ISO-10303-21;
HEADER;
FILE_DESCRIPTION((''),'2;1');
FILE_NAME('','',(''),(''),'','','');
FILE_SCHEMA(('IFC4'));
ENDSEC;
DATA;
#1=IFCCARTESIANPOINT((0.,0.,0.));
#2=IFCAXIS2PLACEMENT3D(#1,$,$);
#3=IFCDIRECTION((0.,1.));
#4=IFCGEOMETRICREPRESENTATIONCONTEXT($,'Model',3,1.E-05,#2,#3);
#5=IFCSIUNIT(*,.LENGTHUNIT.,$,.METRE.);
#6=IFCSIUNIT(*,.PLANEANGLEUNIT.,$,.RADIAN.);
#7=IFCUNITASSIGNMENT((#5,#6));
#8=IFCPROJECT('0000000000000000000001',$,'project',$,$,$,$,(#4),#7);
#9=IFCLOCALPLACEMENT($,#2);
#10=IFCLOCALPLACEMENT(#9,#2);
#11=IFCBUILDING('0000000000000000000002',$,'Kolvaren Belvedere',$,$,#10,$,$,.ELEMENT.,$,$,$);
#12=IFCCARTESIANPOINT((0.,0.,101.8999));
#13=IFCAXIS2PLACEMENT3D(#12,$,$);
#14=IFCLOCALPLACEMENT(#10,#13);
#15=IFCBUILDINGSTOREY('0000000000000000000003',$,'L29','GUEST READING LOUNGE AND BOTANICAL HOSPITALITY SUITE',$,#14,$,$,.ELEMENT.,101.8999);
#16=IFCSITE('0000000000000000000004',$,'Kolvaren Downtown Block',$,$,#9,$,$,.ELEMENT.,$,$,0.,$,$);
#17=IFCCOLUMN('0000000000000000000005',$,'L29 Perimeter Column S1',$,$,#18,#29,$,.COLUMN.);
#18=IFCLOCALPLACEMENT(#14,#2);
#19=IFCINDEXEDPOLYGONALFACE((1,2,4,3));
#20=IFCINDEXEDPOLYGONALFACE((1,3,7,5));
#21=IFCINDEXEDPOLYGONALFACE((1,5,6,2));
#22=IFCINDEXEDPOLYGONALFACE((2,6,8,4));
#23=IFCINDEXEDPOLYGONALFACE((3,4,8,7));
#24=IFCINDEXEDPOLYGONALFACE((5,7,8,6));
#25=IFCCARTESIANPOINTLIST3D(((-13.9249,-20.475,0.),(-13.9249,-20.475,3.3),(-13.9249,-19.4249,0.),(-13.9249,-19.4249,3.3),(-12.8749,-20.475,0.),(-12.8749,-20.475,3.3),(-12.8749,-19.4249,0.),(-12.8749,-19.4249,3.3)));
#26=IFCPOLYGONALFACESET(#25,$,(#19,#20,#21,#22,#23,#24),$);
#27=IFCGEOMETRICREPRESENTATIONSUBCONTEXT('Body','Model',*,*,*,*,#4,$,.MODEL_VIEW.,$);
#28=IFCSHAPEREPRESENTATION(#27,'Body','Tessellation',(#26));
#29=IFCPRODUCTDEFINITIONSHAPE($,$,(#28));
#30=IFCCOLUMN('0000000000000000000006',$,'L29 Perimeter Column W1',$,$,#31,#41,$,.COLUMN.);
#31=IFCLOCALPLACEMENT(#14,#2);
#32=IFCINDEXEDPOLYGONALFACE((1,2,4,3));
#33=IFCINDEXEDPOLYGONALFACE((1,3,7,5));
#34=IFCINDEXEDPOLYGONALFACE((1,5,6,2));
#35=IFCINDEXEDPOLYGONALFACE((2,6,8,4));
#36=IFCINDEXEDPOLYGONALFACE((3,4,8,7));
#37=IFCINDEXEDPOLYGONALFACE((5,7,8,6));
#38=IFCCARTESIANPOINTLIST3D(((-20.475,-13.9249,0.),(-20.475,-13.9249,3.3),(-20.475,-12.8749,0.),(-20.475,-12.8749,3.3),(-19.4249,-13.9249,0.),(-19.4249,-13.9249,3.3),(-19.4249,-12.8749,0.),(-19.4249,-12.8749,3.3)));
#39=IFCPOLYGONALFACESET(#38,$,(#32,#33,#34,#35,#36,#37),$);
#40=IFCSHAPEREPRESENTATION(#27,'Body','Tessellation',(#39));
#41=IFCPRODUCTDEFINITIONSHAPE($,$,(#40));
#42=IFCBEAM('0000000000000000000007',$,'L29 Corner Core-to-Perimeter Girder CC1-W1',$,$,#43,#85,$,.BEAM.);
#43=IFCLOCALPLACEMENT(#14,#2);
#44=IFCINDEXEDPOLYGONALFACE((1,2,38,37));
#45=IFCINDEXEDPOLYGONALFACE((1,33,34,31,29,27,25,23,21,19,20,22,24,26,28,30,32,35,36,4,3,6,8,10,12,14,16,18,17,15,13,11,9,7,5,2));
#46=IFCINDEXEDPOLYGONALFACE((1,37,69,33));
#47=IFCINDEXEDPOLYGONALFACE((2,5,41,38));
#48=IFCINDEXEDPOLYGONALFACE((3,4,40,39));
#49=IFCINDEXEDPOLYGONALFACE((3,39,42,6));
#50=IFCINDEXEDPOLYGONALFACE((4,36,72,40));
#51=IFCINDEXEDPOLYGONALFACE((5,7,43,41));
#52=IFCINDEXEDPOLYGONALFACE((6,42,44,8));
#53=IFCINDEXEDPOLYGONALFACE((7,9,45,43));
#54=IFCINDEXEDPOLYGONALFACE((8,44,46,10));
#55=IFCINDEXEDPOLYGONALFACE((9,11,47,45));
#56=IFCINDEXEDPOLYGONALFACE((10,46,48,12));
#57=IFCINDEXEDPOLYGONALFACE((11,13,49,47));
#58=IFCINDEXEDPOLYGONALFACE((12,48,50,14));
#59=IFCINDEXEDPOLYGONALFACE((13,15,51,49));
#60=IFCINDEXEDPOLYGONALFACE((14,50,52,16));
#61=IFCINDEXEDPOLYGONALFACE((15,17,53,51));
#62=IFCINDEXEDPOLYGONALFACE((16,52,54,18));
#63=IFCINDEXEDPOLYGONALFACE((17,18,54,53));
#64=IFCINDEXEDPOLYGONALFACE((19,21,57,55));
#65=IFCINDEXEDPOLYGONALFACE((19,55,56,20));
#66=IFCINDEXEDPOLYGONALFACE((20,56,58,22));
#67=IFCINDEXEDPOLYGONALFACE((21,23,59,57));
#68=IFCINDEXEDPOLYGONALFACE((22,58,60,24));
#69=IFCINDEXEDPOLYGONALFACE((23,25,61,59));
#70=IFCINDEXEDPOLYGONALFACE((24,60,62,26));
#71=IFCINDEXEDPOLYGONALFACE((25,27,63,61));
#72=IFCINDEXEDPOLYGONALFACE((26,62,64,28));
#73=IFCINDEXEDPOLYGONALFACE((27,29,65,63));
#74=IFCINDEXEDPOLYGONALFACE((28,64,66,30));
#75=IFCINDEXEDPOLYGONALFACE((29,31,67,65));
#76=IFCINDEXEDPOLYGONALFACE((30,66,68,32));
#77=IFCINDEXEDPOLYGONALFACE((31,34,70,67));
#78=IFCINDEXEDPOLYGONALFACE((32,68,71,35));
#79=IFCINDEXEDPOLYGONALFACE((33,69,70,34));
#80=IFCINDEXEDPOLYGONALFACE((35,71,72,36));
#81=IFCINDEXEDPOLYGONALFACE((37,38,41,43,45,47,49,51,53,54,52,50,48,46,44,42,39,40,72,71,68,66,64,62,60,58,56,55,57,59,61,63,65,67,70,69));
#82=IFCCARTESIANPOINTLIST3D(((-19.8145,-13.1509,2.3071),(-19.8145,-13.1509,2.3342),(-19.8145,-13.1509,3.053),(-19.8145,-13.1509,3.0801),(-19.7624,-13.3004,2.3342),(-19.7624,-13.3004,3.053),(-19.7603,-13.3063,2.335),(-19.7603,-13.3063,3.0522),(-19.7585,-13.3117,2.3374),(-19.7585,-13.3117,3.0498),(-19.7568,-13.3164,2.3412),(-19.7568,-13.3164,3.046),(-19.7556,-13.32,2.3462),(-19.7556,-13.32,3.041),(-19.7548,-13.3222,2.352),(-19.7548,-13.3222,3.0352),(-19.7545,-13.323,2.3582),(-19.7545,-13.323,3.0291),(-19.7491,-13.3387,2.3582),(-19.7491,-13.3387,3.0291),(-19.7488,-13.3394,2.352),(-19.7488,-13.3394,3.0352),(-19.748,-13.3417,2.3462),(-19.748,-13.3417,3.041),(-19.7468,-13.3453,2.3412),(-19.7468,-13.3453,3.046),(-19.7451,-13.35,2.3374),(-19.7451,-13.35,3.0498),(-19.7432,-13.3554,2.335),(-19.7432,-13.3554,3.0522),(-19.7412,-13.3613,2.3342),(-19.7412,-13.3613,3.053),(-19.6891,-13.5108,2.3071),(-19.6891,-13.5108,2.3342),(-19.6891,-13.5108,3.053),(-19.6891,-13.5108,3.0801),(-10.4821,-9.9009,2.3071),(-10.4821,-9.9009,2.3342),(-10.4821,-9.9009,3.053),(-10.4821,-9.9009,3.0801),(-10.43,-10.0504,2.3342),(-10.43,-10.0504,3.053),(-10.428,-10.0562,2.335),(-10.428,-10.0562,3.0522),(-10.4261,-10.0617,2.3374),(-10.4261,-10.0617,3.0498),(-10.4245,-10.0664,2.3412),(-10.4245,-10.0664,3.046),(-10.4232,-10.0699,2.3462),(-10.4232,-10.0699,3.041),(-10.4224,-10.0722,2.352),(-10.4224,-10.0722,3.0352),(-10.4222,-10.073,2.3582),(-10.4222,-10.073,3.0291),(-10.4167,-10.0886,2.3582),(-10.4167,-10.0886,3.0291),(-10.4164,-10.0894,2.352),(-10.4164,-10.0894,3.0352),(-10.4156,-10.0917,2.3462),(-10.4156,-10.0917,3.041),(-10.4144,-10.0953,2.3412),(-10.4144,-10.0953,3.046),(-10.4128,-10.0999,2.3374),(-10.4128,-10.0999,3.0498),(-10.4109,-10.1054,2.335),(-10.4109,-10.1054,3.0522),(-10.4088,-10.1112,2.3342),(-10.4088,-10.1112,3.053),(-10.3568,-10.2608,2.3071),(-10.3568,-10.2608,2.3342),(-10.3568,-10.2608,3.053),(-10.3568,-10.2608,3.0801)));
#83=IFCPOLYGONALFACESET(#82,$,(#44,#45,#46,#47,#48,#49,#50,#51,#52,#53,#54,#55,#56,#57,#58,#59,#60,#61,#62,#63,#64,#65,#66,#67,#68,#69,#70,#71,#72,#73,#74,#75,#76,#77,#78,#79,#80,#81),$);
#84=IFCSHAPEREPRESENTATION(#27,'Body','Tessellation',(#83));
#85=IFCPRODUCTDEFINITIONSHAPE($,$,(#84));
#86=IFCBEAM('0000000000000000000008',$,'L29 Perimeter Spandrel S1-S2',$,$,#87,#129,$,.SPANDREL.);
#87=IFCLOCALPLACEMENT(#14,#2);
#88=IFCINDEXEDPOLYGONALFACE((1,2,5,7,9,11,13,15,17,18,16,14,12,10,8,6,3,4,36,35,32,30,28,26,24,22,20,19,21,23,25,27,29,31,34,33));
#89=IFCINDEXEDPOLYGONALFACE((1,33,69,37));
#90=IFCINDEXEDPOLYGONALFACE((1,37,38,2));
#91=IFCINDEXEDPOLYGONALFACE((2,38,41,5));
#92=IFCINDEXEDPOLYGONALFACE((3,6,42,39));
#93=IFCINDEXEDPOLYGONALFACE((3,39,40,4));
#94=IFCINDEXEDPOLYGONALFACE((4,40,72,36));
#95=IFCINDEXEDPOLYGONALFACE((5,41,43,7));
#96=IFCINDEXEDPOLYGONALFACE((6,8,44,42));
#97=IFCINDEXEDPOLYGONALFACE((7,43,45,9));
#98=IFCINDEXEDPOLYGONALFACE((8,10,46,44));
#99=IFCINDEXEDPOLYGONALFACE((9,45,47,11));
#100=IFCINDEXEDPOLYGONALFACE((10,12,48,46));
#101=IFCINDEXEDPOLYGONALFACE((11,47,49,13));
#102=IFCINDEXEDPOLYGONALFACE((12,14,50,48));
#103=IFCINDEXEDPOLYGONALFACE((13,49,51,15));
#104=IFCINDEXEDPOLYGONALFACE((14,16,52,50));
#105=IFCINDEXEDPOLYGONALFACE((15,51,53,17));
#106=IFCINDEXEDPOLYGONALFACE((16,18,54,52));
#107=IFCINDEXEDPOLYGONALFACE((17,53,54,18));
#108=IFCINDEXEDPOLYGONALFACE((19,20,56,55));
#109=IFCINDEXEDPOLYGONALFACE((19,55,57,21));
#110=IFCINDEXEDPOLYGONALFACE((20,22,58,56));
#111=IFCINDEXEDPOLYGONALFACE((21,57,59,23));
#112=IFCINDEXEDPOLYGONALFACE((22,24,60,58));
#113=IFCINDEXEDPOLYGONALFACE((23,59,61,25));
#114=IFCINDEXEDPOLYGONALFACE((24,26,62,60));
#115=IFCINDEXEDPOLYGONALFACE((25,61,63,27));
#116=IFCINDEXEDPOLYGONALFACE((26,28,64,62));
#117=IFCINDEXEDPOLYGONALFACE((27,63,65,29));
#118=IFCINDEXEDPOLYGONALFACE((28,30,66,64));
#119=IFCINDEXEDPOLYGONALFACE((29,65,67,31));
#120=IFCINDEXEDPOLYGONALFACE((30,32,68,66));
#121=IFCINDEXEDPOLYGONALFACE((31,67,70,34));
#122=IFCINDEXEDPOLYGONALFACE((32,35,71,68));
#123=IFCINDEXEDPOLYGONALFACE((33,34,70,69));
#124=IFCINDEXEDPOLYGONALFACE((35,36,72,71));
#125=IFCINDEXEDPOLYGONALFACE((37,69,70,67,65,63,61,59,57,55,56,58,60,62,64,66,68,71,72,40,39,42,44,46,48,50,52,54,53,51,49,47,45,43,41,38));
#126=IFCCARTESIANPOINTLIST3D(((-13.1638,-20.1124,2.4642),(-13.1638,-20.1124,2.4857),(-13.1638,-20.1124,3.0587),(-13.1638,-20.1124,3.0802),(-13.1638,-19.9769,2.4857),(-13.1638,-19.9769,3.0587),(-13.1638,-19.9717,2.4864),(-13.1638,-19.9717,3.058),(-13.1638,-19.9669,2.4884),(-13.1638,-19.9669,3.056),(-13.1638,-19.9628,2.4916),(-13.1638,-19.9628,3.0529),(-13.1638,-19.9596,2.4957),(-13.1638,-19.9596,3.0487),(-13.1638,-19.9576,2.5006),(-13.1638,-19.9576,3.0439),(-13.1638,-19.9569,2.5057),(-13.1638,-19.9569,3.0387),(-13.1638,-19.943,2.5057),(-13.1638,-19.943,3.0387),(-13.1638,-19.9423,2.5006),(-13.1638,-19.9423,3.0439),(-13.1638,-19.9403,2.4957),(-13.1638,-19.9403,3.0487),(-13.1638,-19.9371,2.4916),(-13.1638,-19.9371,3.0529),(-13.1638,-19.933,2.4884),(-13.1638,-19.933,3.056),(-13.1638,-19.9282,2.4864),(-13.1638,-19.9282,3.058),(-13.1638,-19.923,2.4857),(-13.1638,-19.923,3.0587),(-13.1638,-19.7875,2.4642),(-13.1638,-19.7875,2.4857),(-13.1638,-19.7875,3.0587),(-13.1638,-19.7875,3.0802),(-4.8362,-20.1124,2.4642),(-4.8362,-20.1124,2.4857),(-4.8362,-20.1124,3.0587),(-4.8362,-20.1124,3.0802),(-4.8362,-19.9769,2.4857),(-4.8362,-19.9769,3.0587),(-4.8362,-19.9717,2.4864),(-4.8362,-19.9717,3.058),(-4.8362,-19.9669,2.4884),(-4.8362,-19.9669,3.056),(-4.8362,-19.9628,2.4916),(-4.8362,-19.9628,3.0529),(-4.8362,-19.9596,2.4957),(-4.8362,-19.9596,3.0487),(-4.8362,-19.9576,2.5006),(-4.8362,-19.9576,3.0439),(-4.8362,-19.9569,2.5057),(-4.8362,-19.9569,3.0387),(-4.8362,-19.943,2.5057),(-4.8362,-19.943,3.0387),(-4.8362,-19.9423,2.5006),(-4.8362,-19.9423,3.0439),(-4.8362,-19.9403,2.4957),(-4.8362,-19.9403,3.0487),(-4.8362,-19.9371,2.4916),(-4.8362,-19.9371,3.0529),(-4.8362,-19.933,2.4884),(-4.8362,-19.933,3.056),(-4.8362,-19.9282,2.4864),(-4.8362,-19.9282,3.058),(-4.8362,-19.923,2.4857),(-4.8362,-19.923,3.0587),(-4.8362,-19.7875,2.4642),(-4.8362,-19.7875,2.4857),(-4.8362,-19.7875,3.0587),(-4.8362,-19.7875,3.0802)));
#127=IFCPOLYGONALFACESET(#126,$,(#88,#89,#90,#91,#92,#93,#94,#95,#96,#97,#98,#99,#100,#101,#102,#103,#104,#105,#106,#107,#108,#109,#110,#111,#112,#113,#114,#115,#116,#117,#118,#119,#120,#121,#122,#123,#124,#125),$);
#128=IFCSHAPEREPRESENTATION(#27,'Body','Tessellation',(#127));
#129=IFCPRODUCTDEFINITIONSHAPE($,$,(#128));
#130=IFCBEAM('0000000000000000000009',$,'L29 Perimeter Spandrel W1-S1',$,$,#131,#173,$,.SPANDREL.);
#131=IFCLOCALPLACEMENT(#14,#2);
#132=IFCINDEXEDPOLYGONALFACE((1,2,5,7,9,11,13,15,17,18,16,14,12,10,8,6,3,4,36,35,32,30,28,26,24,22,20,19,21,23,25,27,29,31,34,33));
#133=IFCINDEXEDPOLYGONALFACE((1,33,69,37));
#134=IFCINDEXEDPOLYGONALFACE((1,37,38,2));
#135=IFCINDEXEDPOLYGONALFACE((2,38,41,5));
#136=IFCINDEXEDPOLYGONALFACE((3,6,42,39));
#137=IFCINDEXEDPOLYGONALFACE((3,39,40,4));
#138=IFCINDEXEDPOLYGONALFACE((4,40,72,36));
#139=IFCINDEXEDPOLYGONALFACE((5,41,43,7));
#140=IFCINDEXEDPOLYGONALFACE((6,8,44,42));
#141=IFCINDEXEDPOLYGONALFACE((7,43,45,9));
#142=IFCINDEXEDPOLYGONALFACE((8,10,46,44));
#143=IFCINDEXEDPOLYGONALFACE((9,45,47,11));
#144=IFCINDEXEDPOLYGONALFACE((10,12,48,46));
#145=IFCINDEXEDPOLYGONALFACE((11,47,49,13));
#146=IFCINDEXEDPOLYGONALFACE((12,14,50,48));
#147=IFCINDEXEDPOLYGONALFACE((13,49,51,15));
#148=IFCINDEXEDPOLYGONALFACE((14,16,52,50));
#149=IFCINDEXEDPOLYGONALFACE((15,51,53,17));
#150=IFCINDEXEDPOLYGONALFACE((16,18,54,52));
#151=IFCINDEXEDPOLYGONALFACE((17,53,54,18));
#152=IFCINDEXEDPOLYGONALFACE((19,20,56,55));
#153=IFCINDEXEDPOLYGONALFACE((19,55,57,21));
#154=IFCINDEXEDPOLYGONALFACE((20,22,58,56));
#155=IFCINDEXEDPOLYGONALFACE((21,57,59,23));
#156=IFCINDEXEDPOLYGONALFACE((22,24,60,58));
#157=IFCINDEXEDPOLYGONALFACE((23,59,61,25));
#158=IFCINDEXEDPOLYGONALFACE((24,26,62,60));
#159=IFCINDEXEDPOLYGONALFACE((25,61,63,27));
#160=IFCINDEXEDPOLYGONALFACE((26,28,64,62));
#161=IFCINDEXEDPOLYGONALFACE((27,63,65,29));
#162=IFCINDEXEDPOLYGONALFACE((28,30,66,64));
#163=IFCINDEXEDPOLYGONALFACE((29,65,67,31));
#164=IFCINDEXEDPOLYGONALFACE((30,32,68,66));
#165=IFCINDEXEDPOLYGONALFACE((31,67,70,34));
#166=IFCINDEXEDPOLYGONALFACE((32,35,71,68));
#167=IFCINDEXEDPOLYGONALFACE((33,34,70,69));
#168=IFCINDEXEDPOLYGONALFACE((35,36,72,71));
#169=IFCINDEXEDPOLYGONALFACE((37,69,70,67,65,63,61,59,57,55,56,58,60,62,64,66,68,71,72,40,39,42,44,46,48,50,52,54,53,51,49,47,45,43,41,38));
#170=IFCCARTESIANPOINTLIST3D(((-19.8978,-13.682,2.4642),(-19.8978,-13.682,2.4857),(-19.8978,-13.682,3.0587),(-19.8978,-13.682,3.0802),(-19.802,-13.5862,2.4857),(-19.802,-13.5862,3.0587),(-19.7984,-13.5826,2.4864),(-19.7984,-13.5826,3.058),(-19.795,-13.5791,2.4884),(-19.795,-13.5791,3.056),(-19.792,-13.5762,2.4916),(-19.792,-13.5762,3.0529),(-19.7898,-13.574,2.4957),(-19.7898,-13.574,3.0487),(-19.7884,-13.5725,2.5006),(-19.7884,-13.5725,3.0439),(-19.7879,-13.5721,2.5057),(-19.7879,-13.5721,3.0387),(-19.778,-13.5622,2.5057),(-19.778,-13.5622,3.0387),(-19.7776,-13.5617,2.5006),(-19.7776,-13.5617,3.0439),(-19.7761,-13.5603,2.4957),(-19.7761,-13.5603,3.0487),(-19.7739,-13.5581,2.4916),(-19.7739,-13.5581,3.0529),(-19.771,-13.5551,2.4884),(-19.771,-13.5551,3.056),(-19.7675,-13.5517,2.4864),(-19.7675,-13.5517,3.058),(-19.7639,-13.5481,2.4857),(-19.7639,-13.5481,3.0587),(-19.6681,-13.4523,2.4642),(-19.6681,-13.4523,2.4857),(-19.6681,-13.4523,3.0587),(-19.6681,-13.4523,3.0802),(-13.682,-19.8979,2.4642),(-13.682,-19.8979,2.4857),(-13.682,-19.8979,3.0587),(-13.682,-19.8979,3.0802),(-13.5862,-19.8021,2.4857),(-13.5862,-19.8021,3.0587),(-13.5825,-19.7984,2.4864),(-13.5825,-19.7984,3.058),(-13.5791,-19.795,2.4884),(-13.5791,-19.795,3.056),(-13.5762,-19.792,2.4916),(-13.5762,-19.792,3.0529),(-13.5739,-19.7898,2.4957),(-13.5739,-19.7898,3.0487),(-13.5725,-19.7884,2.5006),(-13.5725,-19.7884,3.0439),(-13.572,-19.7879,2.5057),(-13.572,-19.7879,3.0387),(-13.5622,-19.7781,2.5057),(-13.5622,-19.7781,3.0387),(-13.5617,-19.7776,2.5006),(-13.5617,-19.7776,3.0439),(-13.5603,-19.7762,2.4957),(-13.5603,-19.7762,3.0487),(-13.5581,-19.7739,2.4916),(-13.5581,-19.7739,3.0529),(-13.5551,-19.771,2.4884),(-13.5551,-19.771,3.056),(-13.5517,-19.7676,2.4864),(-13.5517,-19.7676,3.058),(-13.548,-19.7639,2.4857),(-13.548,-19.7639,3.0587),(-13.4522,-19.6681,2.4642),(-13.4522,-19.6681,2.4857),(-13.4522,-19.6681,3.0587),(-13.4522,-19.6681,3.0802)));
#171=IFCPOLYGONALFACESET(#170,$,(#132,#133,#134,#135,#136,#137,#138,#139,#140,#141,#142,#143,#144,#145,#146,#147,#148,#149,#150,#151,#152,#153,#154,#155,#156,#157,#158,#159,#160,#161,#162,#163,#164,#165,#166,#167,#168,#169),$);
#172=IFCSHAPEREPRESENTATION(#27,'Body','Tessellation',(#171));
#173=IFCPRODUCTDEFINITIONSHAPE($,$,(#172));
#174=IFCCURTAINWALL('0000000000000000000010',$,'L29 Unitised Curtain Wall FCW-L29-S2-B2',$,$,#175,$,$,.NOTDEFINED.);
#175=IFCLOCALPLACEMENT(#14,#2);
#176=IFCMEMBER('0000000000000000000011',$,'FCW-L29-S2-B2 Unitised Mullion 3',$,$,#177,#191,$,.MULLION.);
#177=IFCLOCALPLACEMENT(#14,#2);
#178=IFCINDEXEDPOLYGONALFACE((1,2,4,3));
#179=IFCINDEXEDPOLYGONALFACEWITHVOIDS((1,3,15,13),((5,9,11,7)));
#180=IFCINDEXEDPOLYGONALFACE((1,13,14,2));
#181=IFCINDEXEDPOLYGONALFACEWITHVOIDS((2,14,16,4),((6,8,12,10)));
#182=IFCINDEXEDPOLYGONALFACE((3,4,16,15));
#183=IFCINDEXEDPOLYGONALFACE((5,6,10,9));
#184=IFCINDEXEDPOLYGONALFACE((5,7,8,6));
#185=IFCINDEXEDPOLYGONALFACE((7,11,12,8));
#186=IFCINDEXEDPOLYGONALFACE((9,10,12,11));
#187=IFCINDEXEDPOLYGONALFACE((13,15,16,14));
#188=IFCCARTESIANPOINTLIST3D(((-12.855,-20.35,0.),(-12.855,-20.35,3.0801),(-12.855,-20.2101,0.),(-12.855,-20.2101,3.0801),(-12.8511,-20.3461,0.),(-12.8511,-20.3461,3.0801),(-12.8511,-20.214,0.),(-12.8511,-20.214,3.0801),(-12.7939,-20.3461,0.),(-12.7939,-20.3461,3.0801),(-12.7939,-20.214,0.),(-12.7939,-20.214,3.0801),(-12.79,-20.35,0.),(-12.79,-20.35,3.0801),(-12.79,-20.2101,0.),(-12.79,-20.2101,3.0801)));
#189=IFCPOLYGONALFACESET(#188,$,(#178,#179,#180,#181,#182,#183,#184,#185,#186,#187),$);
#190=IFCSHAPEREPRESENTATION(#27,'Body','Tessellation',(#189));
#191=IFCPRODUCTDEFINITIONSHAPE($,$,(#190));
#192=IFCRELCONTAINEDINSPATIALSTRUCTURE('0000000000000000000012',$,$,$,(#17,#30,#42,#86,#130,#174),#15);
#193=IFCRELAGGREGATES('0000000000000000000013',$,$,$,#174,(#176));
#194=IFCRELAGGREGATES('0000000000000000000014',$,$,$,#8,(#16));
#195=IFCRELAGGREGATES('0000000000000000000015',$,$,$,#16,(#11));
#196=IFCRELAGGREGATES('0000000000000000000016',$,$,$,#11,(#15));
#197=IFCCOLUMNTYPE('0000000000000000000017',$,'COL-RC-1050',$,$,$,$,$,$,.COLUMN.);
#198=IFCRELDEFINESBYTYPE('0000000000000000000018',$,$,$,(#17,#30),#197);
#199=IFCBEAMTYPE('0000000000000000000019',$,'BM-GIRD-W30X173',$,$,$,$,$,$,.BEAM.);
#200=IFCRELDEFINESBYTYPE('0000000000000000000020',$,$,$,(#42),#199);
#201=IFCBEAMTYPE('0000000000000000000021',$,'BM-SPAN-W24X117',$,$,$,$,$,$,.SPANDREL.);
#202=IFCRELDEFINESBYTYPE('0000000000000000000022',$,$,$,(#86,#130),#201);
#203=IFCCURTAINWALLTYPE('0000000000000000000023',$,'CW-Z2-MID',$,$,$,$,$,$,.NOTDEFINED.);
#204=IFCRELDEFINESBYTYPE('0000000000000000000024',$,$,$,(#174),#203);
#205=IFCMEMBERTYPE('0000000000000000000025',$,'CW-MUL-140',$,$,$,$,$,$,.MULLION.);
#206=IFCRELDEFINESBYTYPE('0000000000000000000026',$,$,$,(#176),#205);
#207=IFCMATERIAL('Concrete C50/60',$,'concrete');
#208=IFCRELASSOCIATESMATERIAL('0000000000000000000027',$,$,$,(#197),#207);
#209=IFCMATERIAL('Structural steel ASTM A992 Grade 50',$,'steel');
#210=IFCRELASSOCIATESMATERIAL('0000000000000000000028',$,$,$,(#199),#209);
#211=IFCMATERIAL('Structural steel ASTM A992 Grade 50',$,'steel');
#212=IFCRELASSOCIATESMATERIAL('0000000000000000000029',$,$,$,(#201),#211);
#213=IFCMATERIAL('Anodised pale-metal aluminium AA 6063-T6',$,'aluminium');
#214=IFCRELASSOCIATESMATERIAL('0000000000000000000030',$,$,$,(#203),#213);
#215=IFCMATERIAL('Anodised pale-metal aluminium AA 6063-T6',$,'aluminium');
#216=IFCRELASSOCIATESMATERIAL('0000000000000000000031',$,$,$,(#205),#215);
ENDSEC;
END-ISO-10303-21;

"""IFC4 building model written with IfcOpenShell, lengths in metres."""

from ifc_helpers import new_model, si_unit, direction, frame, origin, origin_2d, place, context, subcontext, project, spatial, rectangle, hollow_rectangle, i_section, extrude, material, material_profile, profile_set, type_object, element, aggregate, save


model = new_model("IFC4")

# Units and contexts
model_context = context("Model", 3, precision=1e-05, world=origin(), true_north=direction((0.0, 1.0)))
body_context = subcontext(model_context, "Body", "Model", "MODEL_VIEW")
ifc_project = project(units=[si_unit("LENGTHUNIT", "METRE"), si_unit("PLANEANGLEUNIT", "RADIAN")], contexts=[model_context])

# Site, building, storey
site_placement = place(None, origin())
site = spatial("IfcSite", under=ifc_project, at=site_placement, Name="Kolvaren Downtown Block", CompositionType="ELEMENT", RefElevation=0.0)
building_placement = place(site_placement, origin())
building = spatial("IfcBuilding", under=site, at=building_placement, Name="Kolvaren Belvedere", CompositionType="ELEMENT")
storey_placement = place(building_placement, frame((0.0, 0.0, 101.8999)))
storey = spatial("IfcBuildingStorey", under=building, at=storey_placement, Name="L29", Description="GUEST READING LOUNGE AND BOTANICAL HOSPITALITY SUITE", CompositionType="ELEMENT", Elevation=101.8999)

# Columns
ifc_material_1 = material(Name="Concrete C50/60", Category="concrete")
ifc_material_profile_1 = material_profile(ifc_material_1, rectangle(XDim=1.05, YDim=1.05, at=origin_2d()), Name="RC 1050X1050")
ifc_profile_set_1 = profile_set([ifc_material_profile_1], Name="Concrete C50/60")
column_type = type_object("IfcColumnType", Name="COL-RC-1050", PredefinedType="COLUMN", material=ifc_profile_set_1)
for number, where, z_axis, x_axis, name in (
    (1, (-13.3999, -19.95, 0.0), (0.0, 0.0, 1.0), (1.0, 0.0, 0.0), "L29 Perimeter Column S1"),
    (2, (-19.95, -13.3999, 0.0), (0.0, 0.0, 1.0), (1.0, 0.0, 0.0), "L29 Perimeter Column W1"),
):
    element("IfcColumn", number, at=place(storey_placement, frame(where, z_axis=z_axis, x_axis=x_axis)), inside=storey, type_object=column_type, Name=name, PredefinedType="COLUMN", context=body_context, shape_type="SweptSolid", body=[
        extrude(rectangle(XDim=1.05, YDim=1.05, at=origin_2d()), origin(), (0.0, 0.0, 1.0), 3.3),
    ])

# Beams
ifc_material_2 = material(Name="Structural steel ASTM A992 Grade 50", Category="steel")
ifc_material_profile_2 = material_profile(ifc_material_2, i_section(OverallWidth=0.3811, OverallDepth=0.7729, WebThickness=0.0166, FlangeThickness=0.0271, FilletRadius=0.0239, at=origin_2d()), Name="W30X173")
ifc_profile_set_2 = profile_set([ifc_material_profile_2], Name="Structural steel ASTM A992 Grade 50")
beam_type_1 = type_object("IfcBeamType", Name="BM-GIRD-W30X173", PredefinedType="BEAM", material=ifc_profile_set_2)
beam_1_placement = place(storey_placement, frame((-10.4194, -10.0808, 2.6936), z_axis=(-0.944371, -0.328881, 0.0), x_axis=(0.328881, -0.944371, 0.0)))
element("IfcBeam", 3, at=beam_1_placement, inside=storey, type_object=beam_type_1, Name="L29 Corner Core-to-Perimeter Girder CC1-W1", PredefinedType="BEAM", context=body_context, shape_type="SweptSolid", body=[
    extrude(i_section(OverallWidth=0.3811, OverallDepth=0.7729, WebThickness=0.0166, FlangeThickness=0.0271, FilletRadius=0.0239, at=origin_2d()), origin(), (0.0, 0.0, 1.0), 9.8821),
])
ifc_material_3 = material(Name="Structural steel ASTM A992 Grade 50", Category="steel")
ifc_material_profile_3 = material_profile(ifc_material_3, i_section(OverallWidth=0.325, OverallDepth=0.616, WebThickness=0.0139, FlangeThickness=0.0215, FilletRadius=0.02, at=origin_2d()), Name="W24X117")
ifc_profile_set_3 = profile_set([ifc_material_profile_3], Name="Structural steel ASTM A992 Grade 50")
beam_type_2 = type_object("IfcBeamType", Name="BM-SPAN-W24X117", PredefinedType="SPANDREL", material=ifc_profile_set_3)
beam_2_placement = place(storey_placement, frame((-13.1638, -19.95, 2.7722), z_axis=(1.0, 0.0, 0.0), x_axis=(0.0, 1.0, 0.0)))
element("IfcBeam", 4, at=beam_2_placement, inside=storey, type_object=beam_type_2, Name="L29 Perimeter Spandrel S1-S2", PredefinedType="SPANDREL", context=body_context, shape_type="SweptSolid", body=[
    extrude(i_section(OverallWidth=0.325, OverallDepth=0.616, WebThickness=0.0139, FlangeThickness=0.0215, FilletRadius=0.02, at=origin_2d()), origin(), (0.0, 0.0, 1.0), 8.3276),
])
beam_3_placement = place(storey_placement, frame((-19.783, -13.5671, 2.7722), z_axis=(0.707107, -0.707107, 0.0), x_axis=(0.707107, 0.707107, 0.0)))
element("IfcBeam", 5, at=beam_3_placement, inside=storey, type_object=beam_type_2, Name="L29 Perimeter Spandrel W1-S1", PredefinedType="SPANDREL", context=body_context, shape_type="SweptSolid", body=[
    extrude(i_section(OverallWidth=0.325, OverallDepth=0.616, WebThickness=0.0139, FlangeThickness=0.0215, FilletRadius=0.02, at=origin_2d()), origin(), (0.0, 0.0, 1.0), 8.7905),
])

# Curtain wall, member
ifc_material_4 = material(Name="Anodised pale-metal aluminium AA 6063-T6", Category="aluminium")
curtain_wall_type = type_object("IfcCurtainWallType", Name="CW-Z2-MID", PredefinedType="NOTDEFINED", material=ifc_material_4)
curtain_wall_1_placement = place(storey_placement, origin())
curtain_wall_1 = element("IfcCurtainWall", 6, at=curtain_wall_1_placement, inside=storey, type_object=curtain_wall_type, Name="L29 Unitised Curtain Wall FCW-L29-S2-B2", PredefinedType="NOTDEFINED")
ifc_material_5 = material(Name="Anodised pale-metal aluminium AA 6063-T6", Category="aluminium")
ifc_material_profile_4 = material_profile(ifc_material_5, hollow_rectangle(XDim=0.0649, YDim=0.1399, WallThickness=0.0039, at=origin_2d()), Name="ALU-MUL-140X65")
ifc_profile_set_4 = profile_set([ifc_material_profile_4], Name="Anodised pale-metal aluminium AA 6063-T6")
member_type_1 = type_object("IfcMemberType", Name="CW-MUL-140", PredefinedType="MULLION", material=ifc_profile_set_4)
member_1_placement = place(storey_placement, frame((-12.8225, -20.28, 0.0), z_axis=(0.0, 0.0, 1.0), x_axis=(1.0, 0.0, 0.0)))
member_1 = element("IfcMember", 7, at=member_1_placement, type_object=member_type_1, Name="FCW-L29-S2-B2 Unitised Mullion 3", PredefinedType="MULLION", context=body_context, shape_type="SweptSolid", body=[
    extrude(hollow_rectangle(XDim=0.0649, YDim=0.1399, WallThickness=0.0039, at=origin_2d()), origin(), (0.0, 0.0, 1.0), 3.0801),
])

aggregate(curtain_wall_1, [member_1])

save(model, "model.ifc")
